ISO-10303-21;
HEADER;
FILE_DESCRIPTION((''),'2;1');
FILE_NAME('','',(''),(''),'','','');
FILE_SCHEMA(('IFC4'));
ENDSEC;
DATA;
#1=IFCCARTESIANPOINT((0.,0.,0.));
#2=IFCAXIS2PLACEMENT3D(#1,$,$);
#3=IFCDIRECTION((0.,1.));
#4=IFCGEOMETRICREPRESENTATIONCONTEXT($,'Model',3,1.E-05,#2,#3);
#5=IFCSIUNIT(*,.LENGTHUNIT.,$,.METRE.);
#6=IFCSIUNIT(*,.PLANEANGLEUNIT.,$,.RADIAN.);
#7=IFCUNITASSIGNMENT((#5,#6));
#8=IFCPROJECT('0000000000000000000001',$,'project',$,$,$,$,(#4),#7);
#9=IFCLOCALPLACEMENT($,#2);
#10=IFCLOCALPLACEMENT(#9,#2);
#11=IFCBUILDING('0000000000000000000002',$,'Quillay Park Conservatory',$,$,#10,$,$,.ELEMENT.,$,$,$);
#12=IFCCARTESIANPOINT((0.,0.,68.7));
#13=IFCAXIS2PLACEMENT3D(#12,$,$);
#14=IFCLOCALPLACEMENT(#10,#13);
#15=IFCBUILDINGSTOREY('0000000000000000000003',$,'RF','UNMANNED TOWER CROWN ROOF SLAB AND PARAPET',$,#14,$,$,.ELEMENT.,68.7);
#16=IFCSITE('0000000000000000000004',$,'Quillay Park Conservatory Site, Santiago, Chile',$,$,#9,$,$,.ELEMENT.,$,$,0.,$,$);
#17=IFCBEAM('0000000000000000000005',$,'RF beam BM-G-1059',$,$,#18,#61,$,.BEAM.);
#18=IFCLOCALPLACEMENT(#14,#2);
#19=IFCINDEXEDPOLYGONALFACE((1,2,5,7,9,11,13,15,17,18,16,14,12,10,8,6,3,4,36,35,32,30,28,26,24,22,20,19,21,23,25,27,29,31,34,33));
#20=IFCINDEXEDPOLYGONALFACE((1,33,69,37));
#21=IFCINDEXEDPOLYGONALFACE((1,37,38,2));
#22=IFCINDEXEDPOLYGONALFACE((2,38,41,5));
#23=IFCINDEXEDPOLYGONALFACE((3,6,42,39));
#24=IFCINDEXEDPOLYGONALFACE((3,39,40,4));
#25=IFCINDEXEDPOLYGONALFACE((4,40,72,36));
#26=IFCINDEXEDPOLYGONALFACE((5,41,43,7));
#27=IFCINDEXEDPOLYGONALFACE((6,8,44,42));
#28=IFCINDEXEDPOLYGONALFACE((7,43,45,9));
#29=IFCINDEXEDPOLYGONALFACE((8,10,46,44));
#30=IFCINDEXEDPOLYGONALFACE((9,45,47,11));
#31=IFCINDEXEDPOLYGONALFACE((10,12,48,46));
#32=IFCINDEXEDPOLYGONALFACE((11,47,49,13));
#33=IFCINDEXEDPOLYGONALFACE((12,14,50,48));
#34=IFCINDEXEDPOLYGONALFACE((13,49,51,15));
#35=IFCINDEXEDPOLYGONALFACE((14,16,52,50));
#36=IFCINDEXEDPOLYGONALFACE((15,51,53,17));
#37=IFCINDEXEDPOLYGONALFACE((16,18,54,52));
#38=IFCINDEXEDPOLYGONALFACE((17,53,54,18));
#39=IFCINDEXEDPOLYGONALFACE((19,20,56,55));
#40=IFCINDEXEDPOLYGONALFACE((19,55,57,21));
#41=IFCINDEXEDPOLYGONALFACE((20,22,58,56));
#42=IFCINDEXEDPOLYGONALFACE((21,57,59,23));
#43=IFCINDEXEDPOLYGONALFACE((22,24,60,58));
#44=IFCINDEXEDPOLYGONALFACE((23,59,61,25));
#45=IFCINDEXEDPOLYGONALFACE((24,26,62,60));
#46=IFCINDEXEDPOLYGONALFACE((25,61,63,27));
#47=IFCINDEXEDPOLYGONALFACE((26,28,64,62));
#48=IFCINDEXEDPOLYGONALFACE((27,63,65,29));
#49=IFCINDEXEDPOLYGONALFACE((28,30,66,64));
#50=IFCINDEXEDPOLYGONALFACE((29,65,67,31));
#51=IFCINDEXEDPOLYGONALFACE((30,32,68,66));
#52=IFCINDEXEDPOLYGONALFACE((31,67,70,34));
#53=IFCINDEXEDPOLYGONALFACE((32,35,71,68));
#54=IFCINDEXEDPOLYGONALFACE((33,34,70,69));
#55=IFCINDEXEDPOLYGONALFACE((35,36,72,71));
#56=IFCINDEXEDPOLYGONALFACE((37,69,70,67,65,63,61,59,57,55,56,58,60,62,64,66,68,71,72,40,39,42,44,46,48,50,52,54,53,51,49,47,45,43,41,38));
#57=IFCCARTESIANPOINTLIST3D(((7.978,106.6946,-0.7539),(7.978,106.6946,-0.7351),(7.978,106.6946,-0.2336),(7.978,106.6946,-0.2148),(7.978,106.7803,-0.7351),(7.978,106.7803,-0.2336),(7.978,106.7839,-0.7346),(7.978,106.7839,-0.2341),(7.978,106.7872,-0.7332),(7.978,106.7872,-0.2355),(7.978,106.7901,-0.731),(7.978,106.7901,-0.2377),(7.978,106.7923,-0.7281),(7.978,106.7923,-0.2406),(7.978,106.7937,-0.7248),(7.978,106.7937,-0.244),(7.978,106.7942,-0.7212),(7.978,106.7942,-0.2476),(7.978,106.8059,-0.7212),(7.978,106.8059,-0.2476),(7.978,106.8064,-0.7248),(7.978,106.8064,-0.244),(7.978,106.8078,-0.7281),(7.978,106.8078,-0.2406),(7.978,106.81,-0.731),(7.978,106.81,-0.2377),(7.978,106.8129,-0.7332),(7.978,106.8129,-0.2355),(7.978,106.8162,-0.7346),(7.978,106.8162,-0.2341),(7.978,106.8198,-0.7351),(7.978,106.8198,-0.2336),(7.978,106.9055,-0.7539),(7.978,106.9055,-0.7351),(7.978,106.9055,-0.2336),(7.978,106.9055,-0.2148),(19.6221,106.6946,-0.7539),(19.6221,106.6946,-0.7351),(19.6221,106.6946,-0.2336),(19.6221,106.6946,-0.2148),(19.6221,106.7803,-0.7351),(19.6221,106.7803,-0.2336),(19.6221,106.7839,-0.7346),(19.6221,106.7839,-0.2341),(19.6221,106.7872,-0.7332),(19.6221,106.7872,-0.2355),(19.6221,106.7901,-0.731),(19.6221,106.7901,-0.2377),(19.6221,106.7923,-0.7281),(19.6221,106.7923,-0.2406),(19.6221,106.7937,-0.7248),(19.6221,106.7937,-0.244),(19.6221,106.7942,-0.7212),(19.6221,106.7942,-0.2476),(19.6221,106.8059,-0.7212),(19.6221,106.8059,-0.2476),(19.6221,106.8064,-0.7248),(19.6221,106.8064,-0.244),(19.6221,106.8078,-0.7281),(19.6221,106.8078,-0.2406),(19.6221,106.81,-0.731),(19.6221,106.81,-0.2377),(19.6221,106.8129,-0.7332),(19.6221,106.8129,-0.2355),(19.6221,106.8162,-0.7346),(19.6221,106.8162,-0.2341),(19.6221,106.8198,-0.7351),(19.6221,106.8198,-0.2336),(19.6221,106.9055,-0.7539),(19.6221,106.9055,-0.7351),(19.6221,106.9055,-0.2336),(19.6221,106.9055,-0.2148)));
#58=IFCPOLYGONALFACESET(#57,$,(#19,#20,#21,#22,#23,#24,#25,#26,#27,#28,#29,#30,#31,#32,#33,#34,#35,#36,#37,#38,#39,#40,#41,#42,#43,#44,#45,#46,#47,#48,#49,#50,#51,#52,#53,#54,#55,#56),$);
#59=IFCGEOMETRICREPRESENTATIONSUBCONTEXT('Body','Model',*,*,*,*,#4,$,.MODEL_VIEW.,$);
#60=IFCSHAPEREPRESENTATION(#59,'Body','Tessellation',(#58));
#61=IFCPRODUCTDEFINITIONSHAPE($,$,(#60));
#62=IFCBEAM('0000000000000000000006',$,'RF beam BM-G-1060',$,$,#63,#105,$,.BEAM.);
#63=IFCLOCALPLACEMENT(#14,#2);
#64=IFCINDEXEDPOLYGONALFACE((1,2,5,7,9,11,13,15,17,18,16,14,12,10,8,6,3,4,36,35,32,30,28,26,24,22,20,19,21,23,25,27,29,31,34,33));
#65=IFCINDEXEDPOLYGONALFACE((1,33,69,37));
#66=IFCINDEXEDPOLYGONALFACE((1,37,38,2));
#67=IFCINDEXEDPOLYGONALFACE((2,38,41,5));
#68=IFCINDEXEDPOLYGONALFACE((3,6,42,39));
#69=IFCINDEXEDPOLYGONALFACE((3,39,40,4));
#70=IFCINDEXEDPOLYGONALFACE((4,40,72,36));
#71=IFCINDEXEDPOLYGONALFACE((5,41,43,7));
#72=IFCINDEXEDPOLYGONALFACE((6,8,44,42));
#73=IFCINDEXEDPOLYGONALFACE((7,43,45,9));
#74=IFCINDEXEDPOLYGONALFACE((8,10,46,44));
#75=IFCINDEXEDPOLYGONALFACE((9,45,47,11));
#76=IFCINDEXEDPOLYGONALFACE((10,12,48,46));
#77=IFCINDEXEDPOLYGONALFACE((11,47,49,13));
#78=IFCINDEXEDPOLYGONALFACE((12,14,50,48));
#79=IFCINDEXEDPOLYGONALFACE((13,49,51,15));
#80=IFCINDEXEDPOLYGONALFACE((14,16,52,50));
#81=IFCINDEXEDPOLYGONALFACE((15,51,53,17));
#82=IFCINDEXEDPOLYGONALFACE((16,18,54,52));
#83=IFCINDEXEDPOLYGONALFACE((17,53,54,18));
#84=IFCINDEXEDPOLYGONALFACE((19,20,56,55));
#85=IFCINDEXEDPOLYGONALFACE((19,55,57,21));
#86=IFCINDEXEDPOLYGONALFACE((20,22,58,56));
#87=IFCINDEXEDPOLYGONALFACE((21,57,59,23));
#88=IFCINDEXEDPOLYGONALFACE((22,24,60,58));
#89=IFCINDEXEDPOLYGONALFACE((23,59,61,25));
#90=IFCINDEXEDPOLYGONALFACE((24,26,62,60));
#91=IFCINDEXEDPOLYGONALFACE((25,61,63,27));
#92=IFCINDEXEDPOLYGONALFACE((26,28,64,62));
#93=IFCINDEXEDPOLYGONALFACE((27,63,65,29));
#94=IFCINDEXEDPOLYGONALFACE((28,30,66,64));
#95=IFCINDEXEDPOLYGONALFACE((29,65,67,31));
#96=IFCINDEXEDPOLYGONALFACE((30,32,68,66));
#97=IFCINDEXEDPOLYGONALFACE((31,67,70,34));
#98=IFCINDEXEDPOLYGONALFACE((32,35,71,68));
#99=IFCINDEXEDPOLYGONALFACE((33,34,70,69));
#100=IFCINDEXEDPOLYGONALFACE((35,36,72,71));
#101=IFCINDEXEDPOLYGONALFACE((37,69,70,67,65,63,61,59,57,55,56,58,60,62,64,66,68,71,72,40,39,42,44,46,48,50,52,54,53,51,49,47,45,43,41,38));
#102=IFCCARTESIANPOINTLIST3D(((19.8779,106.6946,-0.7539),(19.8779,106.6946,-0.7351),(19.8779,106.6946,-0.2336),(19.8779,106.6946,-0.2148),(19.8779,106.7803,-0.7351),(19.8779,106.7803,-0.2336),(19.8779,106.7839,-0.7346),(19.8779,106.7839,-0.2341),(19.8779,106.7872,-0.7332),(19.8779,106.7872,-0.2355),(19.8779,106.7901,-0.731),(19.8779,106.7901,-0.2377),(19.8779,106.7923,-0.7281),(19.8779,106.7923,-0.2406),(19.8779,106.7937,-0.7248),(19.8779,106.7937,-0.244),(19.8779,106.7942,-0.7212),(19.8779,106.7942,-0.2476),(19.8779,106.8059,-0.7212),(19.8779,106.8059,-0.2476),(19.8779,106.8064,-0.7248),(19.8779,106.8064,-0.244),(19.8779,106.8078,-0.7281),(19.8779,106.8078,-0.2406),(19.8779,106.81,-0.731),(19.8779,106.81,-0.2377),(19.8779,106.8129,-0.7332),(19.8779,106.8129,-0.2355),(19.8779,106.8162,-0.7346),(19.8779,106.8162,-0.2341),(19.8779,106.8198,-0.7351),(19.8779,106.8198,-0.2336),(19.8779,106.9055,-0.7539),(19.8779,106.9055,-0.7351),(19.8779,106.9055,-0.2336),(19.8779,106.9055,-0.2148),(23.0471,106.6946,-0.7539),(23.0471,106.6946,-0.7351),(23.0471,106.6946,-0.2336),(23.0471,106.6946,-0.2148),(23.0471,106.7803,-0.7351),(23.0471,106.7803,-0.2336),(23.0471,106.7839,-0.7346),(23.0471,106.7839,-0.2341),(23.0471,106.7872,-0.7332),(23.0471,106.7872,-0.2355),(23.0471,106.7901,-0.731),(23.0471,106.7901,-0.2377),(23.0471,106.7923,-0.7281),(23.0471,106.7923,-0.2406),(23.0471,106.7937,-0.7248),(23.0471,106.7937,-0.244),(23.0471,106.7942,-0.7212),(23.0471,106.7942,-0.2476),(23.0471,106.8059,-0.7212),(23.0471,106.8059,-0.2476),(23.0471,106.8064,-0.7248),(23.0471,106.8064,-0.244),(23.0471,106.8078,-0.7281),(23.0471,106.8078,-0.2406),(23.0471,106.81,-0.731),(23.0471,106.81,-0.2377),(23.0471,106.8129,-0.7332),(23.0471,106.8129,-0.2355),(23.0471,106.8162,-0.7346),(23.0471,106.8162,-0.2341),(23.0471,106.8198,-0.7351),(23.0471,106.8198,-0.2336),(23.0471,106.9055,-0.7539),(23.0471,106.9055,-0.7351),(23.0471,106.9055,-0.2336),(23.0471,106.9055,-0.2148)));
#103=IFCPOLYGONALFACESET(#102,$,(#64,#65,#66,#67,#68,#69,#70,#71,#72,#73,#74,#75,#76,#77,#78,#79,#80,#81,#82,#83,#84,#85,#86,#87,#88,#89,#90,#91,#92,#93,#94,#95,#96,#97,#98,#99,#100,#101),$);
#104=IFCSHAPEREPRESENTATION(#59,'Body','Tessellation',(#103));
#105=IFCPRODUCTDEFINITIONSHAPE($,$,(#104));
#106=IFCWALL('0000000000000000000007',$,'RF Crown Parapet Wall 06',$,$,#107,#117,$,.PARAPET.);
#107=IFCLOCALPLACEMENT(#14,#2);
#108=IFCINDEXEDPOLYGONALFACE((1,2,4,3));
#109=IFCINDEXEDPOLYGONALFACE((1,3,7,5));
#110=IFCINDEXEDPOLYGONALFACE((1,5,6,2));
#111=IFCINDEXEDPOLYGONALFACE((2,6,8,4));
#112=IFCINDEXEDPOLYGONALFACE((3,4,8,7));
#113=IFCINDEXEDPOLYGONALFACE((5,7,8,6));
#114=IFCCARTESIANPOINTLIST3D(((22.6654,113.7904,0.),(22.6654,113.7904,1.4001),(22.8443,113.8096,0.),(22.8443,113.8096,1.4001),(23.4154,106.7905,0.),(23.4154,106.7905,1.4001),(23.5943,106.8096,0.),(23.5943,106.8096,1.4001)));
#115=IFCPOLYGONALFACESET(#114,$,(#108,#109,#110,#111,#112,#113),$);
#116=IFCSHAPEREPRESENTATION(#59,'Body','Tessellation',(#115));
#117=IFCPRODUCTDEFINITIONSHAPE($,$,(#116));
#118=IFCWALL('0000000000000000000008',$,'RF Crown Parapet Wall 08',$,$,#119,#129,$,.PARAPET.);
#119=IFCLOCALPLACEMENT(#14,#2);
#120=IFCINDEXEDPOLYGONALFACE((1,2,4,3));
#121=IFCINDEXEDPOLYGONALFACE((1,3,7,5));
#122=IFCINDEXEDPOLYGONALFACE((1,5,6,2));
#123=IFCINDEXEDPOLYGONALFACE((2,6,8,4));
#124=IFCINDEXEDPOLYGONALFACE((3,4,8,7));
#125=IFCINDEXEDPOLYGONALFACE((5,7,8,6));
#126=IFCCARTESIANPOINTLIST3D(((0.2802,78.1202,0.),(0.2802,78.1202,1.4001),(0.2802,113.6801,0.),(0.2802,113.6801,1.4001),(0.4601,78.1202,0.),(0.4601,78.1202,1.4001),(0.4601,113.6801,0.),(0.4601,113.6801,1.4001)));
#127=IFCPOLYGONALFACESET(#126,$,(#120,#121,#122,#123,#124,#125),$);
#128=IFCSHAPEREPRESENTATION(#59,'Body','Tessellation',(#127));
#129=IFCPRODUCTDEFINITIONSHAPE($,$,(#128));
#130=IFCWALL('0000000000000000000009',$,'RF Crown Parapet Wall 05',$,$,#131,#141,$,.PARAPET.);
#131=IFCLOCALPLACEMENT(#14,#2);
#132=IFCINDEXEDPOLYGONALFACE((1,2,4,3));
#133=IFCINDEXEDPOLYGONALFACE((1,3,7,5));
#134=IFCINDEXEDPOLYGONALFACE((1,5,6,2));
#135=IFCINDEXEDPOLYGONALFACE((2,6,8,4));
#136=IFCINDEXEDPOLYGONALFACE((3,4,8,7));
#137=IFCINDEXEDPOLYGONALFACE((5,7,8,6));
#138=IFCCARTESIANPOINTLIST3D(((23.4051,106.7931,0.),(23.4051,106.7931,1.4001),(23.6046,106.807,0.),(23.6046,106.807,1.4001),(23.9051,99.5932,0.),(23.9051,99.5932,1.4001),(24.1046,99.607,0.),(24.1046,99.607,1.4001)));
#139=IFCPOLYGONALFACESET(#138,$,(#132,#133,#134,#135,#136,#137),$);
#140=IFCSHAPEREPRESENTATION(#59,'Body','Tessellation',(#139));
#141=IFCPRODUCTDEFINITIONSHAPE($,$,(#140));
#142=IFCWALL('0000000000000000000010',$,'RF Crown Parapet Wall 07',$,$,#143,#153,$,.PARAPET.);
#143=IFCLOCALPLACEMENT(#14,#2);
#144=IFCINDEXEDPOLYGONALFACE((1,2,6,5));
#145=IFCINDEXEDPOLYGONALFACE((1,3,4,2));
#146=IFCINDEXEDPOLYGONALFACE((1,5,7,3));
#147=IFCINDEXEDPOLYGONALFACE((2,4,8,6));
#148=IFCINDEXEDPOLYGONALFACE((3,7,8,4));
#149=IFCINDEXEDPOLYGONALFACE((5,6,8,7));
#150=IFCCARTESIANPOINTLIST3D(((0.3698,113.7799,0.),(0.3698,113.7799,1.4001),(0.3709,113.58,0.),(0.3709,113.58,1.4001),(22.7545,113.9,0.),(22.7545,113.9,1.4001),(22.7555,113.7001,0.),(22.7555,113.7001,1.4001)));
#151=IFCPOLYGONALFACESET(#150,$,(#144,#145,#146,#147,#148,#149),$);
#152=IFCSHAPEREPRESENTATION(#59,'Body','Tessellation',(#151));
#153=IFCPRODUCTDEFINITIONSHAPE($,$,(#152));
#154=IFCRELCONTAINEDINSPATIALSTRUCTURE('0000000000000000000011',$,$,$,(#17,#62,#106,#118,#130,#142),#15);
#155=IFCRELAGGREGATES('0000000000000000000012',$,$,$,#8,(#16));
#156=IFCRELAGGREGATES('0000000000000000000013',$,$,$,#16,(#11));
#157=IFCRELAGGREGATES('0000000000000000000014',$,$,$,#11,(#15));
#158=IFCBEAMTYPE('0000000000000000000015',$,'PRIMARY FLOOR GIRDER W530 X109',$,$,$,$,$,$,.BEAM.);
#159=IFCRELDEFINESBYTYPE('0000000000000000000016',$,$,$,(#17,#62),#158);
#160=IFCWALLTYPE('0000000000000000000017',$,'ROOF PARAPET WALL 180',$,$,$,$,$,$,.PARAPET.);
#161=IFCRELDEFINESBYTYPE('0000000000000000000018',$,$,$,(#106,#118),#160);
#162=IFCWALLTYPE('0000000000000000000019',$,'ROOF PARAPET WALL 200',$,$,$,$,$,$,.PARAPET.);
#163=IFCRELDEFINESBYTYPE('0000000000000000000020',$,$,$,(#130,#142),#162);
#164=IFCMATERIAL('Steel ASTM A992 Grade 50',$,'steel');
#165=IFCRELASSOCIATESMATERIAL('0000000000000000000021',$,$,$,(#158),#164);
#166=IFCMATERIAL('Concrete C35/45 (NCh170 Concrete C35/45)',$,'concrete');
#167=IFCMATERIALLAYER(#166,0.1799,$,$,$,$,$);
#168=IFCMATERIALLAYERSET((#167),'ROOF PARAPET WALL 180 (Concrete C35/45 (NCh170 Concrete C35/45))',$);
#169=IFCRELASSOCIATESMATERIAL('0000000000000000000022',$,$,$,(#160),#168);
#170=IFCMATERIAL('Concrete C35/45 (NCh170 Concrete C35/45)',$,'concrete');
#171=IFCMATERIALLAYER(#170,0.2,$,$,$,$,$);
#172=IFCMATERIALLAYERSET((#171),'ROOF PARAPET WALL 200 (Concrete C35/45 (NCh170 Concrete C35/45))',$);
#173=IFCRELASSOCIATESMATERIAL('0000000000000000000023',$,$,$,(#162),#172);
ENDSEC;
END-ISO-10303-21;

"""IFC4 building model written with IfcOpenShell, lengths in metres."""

from ifc_helpers import new_model, si_unit, direction, frame, frame_2d, origin, origin_2d, place, context, subcontext, project, spatial, rectangle, i_section, extrude, material, layer, layer_set, material_profile, profile_set, type_object, element, save


model = new_model("IFC4")

# Units and contexts
model_context = context("Model", 3, precision=1e-05, world=origin(), true_north=direction((0.0, 1.0)))
body_context = subcontext(model_context, "Body", "Model", "MODEL_VIEW")
ifc_project = project(units=[si_unit("LENGTHUNIT", "METRE"), si_unit("PLANEANGLEUNIT", "RADIAN")], contexts=[model_context])

# Site, building, storey
site_placement = place(None, origin())
site = spatial("IfcSite", under=ifc_project, at=site_placement, Name="Quillay Park Conservatory Site, Santiago, Chile", CompositionType="ELEMENT", RefElevation=0.0)
building_placement = place(site_placement, origin())
building = spatial("IfcBuilding", under=site, at=building_placement, Name="Quillay Park Conservatory", CompositionType="ELEMENT")
storey_placement = place(building_placement, frame((0.0, 0.0, 68.7)))
storey = spatial("IfcBuildingStorey", under=building, at=storey_placement, Name="RF", Description="UNMANNED TOWER CROWN ROOF SLAB AND PARAPET", CompositionType="ELEMENT", Elevation=68.7)

# Beams
ifc_material_1 = material(Name="Steel ASTM A992 Grade 50", Category="steel")
ifc_material_profile_1 = material_profile(ifc_material_1, i_section(OverallWidth=0.2109, OverallDepth=0.5391, WebThickness=0.0117, FlangeThickness=0.0188, FilletRadius=0.0139, at=origin_2d()), Name="W530x109")
ifc_profile_set_1 = profile_set([ifc_material_profile_1], Name="Steel ASTM A992 Grade 50")
beam_type_1 = type_object("IfcBeamType", Name="PRIMARY FLOOR GIRDER W530 X109", PredefinedType="BEAM", material=ifc_profile_set_1)
beam_1_placement = place(storey_placement, frame((7.978, 106.8, -0.4844), z_axis=(1.0, 0.0, 0.0), x_axis=(0.0, 1.0, 0.0)))
element("IfcBeam", 1, at=beam_1_placement, inside=storey, type_object=beam_type_1, Name="RF beam BM-G-1059", PredefinedType="BEAM", context=body_context, shape_type="SweptSolid", body=[
    extrude(i_section(OverallWidth=0.2109, OverallDepth=0.5391, WebThickness=0.0117, FlangeThickness=0.0188, FilletRadius=0.0139, at=origin_2d()), origin(), (0.0, 0.0, 1.0), 11.644),
])
beam_2_placement = place(storey_placement, frame((19.8779, 106.8, -0.4844), z_axis=(1.0, 0.0, 0.0), x_axis=(0.0, 1.0, 0.0)))
element("IfcBeam", 2, at=beam_2_placement, inside=storey, type_object=beam_type_1, Name="RF beam BM-G-1060", PredefinedType="BEAM", context=body_context, shape_type="SweptSolid", body=[
    extrude(i_section(OverallWidth=0.2109, OverallDepth=0.5391, WebThickness=0.0117, FlangeThickness=0.0188, FilletRadius=0.0139, at=origin_2d()), origin(), (0.0, 0.0, 1.0), 3.1692),
])

# Walls
ifc_material_2 = material(Name="Concrete C35/45 (NCh170 Concrete C35/45)", Category="concrete")
ifc_layer_1 = layer(ifc_material_2, 0.1799)
ifc_layer_set_1 = layer_set([ifc_layer_1], Name="ROOF PARAPET WALL 180 (Concrete C35/45 (NCh170 Concrete C35/45))")
wall_type_1 = type_object("IfcWallType", Name="ROOF PARAPET WALL 180", PredefinedType="PARAPET", material=ifc_layer_set_1)
wall_1_placement = place(storey_placement, frame((23.5049, 106.8, 0.0), z_axis=(0.0, 0.0, 1.0), x_axis=(-0.106533, 0.994309, 0.0)))
element("IfcWall", 3, at=wall_1_placement, inside=storey, type_object=wall_type_1, Name="RF Crown Parapet Wall 06", PredefinedType="PARAPET", context=body_context, shape_type="SweptSolid", body=[
    extrude(rectangle(XDim=7.04, YDim=0.1799, at=frame_2d((3.52, 0.0))), origin(), (0.0, 0.0, 1.0), 1.4001),
])
wall_2_placement = place(storey_placement, frame((0.3701, 113.6799, 0.0), z_axis=(0.0, 0.0, 1.0), x_axis=(0.0, -1.0, 0.0)))
element("IfcWall", 4, at=wall_2_placement, inside=storey, type_object=wall_type_1, Name="RF Crown Parapet Wall 08", PredefinedType="PARAPET", context=body_context, shape_type="SweptSolid", body=[
    extrude(rectangle(XDim=35.5598, YDim=0.1799, at=frame_2d((17.7798, 0.0))), origin(), (0.0, 0.0, 1.0), 1.4001),
])
ifc_material_3 = material(Name="Concrete C35/45 (NCh170 Concrete C35/45)", Category="concrete")
ifc_layer_2 = layer(ifc_material_3, 0.2)
ifc_layer_set_2 = layer_set([ifc_layer_2], Name="ROOF PARAPET WALL 200 (Concrete C35/45 (NCh170 Concrete C35/45))")
wall_type_2 = type_object("IfcWallType", Name="ROOF PARAPET WALL 200", PredefinedType="PARAPET", material=ifc_layer_set_2)
wall_3_placement = place(storey_placement, frame((24.0049, 99.6001, 0.0), z_axis=(0.0, 0.0, 1.0), x_axis=(-0.069278, 0.997597, 0.0)))
element("IfcWall", 5, at=wall_3_placement, inside=storey, type_object=wall_type_2, Name="RF Crown Parapet Wall 05", PredefinedType="PARAPET", context=body_context, shape_type="SweptSolid", body=[
    extrude(rectangle(XDim=7.2173, YDim=0.2, at=frame_2d((3.6086, 0.0))), origin(), (0.0, 0.0, 1.0), 1.4001),
])
wall_4_placement = place(storey_placement, frame((22.7549, 113.8, 0.0), z_axis=(0.0, 0.0, 1.0), x_axis=(-0.999986, -0.005366, 0.0)))
element("IfcWall", 6, at=wall_4_placement, inside=storey, type_object=wall_type_2, Name="RF Crown Parapet Wall 07", PredefinedType="PARAPET", context=body_context, shape_type="SweptSolid", body=[
    extrude(rectangle(XDim=22.385, YDim=0.2, at=frame_2d((11.1924, 0.0))), origin(), (0.0, 0.0, 1.0), 1.4001),
])

save(model, "model.ifc")
